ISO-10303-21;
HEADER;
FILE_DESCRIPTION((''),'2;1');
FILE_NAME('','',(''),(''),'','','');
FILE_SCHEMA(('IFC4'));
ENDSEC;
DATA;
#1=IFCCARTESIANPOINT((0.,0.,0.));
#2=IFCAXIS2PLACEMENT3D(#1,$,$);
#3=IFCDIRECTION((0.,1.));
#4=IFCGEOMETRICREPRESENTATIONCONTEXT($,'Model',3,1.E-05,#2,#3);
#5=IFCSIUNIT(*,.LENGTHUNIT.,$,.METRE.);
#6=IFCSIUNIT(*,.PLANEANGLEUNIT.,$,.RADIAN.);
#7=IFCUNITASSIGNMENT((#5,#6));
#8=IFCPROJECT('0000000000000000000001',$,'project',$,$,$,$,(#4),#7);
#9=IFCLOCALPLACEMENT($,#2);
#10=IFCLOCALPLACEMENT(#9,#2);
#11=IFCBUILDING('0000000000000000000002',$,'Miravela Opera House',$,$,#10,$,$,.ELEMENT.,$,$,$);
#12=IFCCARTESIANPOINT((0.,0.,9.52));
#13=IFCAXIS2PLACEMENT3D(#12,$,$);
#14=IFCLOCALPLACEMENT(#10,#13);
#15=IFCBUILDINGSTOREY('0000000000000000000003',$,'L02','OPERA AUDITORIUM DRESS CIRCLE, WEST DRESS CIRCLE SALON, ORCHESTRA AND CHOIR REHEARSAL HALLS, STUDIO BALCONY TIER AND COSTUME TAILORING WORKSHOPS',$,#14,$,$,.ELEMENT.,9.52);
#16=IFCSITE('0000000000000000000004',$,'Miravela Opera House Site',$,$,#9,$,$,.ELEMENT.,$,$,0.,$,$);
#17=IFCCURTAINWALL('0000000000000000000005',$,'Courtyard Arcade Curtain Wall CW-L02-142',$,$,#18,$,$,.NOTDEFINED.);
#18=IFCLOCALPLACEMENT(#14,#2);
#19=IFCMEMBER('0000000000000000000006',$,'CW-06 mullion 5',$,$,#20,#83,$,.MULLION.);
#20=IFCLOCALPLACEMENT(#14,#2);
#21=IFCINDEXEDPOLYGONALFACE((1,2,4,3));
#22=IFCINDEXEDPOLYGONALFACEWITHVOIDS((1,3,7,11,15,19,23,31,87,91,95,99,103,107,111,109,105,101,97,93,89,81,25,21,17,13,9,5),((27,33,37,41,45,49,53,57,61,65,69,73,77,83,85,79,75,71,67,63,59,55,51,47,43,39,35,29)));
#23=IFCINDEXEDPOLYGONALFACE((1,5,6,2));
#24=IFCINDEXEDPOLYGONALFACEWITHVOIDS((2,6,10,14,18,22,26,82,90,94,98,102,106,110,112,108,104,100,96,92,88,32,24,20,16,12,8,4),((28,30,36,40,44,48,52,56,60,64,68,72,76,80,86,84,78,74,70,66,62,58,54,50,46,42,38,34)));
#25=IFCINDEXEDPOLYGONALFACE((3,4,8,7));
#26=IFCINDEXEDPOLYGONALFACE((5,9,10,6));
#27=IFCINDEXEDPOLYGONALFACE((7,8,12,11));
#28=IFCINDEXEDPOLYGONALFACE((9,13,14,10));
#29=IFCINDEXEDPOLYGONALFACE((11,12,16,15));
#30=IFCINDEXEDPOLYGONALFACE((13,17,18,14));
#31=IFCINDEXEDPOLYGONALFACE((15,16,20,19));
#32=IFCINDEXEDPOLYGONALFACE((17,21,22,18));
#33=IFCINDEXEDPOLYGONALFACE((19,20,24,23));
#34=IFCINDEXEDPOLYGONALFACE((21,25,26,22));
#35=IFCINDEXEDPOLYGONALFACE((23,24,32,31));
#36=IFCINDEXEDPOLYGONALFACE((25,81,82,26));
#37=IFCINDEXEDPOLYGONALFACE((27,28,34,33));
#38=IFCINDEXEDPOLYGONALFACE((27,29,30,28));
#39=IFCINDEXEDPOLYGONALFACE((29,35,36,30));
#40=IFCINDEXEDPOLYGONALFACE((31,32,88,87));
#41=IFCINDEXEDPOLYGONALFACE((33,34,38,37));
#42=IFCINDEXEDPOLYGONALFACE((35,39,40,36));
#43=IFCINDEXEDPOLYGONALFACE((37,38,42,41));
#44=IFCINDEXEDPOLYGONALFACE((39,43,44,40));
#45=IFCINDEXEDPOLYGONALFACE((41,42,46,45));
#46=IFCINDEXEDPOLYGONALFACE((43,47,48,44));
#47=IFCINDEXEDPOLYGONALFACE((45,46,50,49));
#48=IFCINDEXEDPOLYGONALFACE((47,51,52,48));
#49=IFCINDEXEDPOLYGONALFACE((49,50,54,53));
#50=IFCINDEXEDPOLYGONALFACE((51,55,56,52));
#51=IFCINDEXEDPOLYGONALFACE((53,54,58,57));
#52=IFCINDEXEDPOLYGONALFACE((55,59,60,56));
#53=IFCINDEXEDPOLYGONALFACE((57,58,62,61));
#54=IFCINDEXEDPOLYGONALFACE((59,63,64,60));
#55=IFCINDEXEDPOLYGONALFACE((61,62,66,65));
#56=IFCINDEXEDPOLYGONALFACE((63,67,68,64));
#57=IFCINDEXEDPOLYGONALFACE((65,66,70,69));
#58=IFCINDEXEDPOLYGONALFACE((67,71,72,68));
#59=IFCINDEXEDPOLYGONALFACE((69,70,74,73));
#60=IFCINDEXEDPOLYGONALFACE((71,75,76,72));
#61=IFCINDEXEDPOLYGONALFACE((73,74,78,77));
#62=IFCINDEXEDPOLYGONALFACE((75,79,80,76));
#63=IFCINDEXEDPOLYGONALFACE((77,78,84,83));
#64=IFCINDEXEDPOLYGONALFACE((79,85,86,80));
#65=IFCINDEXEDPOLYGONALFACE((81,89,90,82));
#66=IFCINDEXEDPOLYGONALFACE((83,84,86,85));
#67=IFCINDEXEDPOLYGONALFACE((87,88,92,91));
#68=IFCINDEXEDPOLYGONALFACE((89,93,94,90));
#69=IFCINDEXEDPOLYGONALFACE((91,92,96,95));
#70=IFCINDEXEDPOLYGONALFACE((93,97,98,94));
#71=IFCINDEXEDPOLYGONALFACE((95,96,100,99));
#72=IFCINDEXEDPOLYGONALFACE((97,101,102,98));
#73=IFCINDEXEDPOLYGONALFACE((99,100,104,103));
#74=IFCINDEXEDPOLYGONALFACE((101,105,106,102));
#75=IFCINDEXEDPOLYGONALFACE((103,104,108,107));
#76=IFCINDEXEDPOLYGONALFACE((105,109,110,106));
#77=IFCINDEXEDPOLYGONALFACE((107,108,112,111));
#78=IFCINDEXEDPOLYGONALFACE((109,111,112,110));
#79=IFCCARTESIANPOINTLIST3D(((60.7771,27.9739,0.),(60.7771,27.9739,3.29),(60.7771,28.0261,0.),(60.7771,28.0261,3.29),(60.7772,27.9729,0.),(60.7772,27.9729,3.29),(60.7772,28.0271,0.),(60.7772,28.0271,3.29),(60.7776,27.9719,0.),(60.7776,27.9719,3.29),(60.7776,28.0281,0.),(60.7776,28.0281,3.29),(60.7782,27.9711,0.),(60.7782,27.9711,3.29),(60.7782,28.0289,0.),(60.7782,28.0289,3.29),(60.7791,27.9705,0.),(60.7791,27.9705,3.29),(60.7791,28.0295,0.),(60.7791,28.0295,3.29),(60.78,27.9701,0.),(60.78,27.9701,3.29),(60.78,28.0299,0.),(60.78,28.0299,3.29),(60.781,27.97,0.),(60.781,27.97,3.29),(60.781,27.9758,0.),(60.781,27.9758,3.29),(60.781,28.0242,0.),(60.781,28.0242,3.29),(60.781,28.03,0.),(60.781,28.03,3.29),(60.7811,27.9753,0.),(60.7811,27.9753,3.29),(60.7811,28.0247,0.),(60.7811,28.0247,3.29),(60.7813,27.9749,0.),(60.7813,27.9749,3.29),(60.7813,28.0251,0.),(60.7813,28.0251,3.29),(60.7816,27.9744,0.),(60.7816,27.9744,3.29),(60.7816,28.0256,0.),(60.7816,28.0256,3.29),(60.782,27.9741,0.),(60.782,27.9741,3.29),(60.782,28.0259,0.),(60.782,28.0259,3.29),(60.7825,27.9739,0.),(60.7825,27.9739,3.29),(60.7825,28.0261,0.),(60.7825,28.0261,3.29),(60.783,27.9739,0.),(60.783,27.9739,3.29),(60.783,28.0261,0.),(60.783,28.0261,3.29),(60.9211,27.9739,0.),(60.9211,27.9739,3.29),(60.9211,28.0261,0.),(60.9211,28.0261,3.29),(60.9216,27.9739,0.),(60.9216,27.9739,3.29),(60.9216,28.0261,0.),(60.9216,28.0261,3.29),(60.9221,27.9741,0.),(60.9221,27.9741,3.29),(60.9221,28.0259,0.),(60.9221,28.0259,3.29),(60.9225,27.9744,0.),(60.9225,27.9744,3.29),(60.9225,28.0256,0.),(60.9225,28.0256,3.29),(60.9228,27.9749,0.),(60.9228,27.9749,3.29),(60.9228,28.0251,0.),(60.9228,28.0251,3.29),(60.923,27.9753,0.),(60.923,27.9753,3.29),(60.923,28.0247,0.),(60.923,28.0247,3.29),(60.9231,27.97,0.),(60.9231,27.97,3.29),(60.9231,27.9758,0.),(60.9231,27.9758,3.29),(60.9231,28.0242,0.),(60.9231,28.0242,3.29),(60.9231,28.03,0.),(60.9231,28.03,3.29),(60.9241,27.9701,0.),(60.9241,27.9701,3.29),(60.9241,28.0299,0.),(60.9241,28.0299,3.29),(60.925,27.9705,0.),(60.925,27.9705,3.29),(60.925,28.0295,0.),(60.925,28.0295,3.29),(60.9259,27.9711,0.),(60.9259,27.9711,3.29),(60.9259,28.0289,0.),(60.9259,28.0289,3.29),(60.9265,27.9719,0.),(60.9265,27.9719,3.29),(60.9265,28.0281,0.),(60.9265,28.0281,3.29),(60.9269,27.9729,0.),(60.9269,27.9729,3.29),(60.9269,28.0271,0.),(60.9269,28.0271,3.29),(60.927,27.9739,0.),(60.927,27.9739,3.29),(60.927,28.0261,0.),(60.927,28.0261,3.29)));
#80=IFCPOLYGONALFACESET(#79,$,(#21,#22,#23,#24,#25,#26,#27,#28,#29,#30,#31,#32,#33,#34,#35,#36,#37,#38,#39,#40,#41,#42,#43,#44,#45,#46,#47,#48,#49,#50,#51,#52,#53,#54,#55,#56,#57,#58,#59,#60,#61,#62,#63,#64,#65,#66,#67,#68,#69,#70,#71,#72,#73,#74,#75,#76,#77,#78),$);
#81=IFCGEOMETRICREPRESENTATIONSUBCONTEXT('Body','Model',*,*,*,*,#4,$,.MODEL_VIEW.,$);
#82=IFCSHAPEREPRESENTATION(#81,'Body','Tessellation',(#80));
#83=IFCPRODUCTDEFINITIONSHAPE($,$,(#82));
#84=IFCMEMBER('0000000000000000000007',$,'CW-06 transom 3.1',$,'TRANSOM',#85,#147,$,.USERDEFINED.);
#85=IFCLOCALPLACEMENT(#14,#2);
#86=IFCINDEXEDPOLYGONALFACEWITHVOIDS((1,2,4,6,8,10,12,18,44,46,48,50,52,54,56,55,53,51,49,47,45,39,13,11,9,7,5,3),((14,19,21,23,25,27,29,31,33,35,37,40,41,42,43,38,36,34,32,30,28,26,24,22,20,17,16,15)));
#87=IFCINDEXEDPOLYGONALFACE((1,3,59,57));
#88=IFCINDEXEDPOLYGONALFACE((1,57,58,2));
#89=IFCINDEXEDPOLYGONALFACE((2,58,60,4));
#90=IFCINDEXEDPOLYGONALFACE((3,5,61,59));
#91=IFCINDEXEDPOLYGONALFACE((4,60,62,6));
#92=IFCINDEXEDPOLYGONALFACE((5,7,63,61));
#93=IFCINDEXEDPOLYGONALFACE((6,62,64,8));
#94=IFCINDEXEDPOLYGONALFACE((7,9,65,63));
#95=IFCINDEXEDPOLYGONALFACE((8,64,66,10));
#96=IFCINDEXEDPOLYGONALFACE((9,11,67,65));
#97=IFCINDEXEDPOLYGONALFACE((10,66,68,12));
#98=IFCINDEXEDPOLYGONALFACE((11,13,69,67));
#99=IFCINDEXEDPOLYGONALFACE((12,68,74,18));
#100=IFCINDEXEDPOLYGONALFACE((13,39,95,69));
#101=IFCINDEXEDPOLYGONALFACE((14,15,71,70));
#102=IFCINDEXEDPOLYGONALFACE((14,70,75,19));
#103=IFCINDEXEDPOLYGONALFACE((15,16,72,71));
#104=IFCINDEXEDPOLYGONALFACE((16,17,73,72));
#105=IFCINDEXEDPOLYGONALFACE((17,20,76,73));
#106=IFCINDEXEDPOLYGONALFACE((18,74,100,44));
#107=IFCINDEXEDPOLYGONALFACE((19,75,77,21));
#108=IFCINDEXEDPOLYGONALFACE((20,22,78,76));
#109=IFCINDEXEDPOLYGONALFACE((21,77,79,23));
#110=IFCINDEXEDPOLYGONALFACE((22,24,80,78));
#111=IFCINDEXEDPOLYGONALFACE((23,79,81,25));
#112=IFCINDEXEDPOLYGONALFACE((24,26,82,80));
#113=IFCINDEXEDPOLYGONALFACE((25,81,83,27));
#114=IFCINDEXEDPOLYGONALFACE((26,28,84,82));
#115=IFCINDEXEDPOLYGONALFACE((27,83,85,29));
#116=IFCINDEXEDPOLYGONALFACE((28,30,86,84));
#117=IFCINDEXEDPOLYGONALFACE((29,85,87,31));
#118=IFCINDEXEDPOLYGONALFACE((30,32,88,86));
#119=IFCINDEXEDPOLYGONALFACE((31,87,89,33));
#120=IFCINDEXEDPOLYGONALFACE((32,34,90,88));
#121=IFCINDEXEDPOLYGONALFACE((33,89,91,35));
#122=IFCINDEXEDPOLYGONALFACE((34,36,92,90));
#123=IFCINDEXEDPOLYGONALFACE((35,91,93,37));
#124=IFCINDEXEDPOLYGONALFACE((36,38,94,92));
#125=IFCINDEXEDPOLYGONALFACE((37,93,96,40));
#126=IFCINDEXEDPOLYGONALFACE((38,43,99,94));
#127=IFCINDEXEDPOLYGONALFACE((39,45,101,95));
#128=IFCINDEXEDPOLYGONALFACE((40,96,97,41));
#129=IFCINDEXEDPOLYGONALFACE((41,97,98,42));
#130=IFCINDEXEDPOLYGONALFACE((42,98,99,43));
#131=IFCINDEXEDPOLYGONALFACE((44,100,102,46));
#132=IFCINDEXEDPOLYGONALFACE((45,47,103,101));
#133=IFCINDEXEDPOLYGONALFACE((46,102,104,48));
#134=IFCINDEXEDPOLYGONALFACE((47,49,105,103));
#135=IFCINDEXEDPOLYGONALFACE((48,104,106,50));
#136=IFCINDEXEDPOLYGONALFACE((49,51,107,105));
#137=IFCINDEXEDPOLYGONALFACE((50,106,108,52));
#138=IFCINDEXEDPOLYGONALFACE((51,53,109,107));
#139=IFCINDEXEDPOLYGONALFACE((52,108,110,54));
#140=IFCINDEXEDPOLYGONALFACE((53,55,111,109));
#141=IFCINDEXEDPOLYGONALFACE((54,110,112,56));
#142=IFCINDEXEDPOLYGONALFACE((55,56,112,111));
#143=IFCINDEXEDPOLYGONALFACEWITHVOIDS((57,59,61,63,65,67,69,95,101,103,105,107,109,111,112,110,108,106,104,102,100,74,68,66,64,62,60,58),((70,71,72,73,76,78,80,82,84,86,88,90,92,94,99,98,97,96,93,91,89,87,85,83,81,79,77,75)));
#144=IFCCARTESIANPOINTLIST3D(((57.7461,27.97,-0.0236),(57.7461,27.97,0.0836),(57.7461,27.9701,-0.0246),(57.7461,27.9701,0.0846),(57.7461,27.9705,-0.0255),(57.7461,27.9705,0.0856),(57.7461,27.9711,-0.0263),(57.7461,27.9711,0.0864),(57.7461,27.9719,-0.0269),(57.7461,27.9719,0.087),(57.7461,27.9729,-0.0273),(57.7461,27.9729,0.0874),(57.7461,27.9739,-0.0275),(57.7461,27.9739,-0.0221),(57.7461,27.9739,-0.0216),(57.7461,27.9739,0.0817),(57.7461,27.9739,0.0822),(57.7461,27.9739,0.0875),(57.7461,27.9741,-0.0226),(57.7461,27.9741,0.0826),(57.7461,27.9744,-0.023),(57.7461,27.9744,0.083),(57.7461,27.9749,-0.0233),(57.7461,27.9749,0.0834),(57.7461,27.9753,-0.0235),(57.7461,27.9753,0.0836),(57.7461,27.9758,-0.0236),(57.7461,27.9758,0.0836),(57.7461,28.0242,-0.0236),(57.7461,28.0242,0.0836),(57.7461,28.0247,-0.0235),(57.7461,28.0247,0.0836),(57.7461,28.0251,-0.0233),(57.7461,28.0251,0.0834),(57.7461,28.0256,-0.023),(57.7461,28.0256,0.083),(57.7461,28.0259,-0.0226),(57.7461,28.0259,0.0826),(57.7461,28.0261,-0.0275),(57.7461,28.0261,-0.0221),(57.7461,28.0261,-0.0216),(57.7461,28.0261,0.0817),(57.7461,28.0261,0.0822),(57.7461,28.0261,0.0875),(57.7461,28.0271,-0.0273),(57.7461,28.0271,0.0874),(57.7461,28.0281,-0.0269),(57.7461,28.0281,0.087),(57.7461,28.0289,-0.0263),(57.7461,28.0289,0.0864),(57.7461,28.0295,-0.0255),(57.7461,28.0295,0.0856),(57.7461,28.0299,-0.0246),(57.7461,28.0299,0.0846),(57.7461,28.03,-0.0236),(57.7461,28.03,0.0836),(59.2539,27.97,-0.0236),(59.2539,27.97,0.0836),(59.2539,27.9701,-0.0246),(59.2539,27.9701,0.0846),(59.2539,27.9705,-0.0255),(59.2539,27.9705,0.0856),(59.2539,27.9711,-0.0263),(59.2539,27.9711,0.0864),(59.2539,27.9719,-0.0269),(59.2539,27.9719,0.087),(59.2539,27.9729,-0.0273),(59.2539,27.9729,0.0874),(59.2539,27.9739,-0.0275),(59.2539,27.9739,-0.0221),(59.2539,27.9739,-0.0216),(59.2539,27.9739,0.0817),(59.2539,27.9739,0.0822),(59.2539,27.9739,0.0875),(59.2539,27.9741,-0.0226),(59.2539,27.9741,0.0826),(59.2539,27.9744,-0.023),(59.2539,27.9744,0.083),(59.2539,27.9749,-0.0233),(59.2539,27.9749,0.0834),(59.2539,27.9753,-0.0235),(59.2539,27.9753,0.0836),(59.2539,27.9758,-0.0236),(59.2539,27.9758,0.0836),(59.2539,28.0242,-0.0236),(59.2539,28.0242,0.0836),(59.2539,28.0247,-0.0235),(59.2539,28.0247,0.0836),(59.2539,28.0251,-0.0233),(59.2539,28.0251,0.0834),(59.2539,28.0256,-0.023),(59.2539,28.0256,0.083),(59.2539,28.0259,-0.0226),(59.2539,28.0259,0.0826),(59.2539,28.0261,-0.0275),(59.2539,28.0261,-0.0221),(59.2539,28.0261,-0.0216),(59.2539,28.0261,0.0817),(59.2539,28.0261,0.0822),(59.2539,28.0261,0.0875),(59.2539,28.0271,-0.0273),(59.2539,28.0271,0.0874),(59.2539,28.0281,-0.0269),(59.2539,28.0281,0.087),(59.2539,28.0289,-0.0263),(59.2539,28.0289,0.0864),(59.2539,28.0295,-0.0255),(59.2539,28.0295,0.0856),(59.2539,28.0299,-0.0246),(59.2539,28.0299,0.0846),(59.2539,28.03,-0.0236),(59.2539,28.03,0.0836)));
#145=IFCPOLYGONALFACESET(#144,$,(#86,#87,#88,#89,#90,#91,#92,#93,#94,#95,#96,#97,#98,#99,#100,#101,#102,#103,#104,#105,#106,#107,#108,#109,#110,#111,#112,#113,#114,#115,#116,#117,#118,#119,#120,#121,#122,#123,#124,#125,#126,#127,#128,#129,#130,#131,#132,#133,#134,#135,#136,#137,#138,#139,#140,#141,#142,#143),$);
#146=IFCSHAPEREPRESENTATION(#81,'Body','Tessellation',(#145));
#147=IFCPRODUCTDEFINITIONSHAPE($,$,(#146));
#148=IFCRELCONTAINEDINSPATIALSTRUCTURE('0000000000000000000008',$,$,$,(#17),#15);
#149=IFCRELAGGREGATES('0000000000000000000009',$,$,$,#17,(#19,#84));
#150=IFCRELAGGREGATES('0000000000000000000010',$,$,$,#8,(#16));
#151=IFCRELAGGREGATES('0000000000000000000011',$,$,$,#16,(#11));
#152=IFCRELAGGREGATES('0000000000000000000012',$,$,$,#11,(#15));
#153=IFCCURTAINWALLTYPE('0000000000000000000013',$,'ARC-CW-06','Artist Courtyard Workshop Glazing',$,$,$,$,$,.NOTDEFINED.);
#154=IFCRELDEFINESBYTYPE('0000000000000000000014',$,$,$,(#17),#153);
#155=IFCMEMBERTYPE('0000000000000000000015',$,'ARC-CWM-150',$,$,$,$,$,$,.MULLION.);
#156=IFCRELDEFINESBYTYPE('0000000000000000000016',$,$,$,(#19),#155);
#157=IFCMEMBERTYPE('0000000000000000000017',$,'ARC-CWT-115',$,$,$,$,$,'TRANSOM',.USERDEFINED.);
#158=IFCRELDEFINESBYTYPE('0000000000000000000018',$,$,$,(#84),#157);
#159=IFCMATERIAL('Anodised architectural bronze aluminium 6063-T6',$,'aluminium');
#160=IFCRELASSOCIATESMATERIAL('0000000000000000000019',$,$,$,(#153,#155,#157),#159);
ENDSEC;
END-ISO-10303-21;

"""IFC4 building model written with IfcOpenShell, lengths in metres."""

from ifc_helpers import new_model, si_unit, direction, frame, origin, origin_2d, place, context, subcontext, project, spatial, hollow_rectangle, extrude, material, material_profile, profile_set, type_object, element, aggregate, save


model = new_model("IFC4")

# Units and contexts
model_context = context("Model", 3, precision=1e-05, world=origin(), true_north=direction((0.0, 1.0)))
body_context = subcontext(model_context, "Body", "Model", "MODEL_VIEW")
ifc_project = project(units=[si_unit("LENGTHUNIT", "METRE"), si_unit("PLANEANGLEUNIT", "RADIAN")], contexts=[model_context])

# Site, building, storey
site_placement = place(None, origin())
site = spatial("IfcSite", under=ifc_project, at=site_placement, Name="Miravela Opera House Site", CompositionType="ELEMENT", RefElevation=0.0)
building_placement = place(site_placement, origin())
building = spatial("IfcBuilding", under=site, at=building_placement, Name="Miravela Opera House", CompositionType="ELEMENT")
storey_placement = place(building_placement, frame((0.0, 0.0, 9.52)))
storey = spatial("IfcBuildingStorey", under=building, at=storey_placement, Name="L02", Description="OPERA AUDITORIUM DRESS CIRCLE, WEST DRESS CIRCLE SALON, ORCHESTRA AND CHOIR REHEARSAL HALLS, STUDIO BALCONY TIER AND COSTUME TAILORING WORKSHOPS", CompositionType="ELEMENT", Elevation=9.52)

# Curtain wall, members
ifc_material_1 = material(Name="Anodised architectural bronze aluminium 6063-T6", Category="aluminium")
curtain_wall_type = type_object("IfcCurtainWallType", Name="ARC-CW-06", Description="Artist Courtyard Workshop Glazing", PredefinedType="NOTDEFINED", material=ifc_material_1)
curtain_wall_placement = place(storey_placement, origin())
curtain_wall = element("IfcCurtainWall", 1, at=curtain_wall_placement, inside=storey, type_object=curtain_wall_type, Name="Courtyard Arcade Curtain Wall CW-L02-142", PredefinedType="NOTDEFINED")
ifc_material_profile_1 = material_profile(ifc_material_1, hollow_rectangle(XDim=0.0601, YDim=0.1499, WallThickness=0.0039, InnerFilletRadius=0.002, OuterFilletRadius=0.0039, at=origin_2d()), Name="CWM-60X150")
ifc_profile_set_1 = profile_set([ifc_material_profile_1])
member_type_1 = type_object("IfcMemberType", Name="ARC-CWM-150", PredefinedType="MULLION", material=ifc_profile_set_1)
member_1_placement = place(storey_placement, frame((60.8521, 28.0, 0.0), z_axis=(0.0, 0.0, 1.0), x_axis=(0.0, 1.0, 0.0)))
member_1 = element("IfcMember", 2, at=member_1_placement, type_object=member_type_1, Name="CW-06 mullion 5", PredefinedType="MULLION", context=body_context, shape_type="SweptSolid", body=[
    extrude(hollow_rectangle(XDim=0.0601, YDim=0.1499, WallThickness=0.0039, InnerFilletRadius=0.002, OuterFilletRadius=0.0039, at=origin_2d()), origin(), (0.0, 0.0, 1.0), 3.29),
])
ifc_material_profile_2 = material_profile(ifc_material_1, hollow_rectangle(XDim=0.0601, YDim=0.115, WallThickness=0.0039, InnerFilletRadius=0.002, OuterFilletRadius=0.0039, at=origin_2d()), Name="CWT-60X115")
ifc_profile_set_2 = profile_set([ifc_material_profile_2])
member_type_2 = type_object("IfcMemberType", Name="ARC-CWT-115", ElementType="TRANSOM", PredefinedType="USERDEFINED", material=ifc_profile_set_2)
member_2_placement = place(storey_placement, frame((57.7461, 28.0, 0.03), z_axis=(1.0, 0.0, 0.0), x_axis=(0.0, 1.0, 0.0)))
member_2 = element("IfcMember", 3, at=member_2_placement, type_object=member_type_2, Name="CW-06 transom 3.1", ObjectType="TRANSOM", PredefinedType="USERDEFINED", context=body_context, shape_type="SweptSolid", body=[
    extrude(hollow_rectangle(XDim=0.0601, YDim=0.115, WallThickness=0.0039, InnerFilletRadius=0.002, OuterFilletRadius=0.0039, at=origin_2d()), origin(), (0.0, 0.0, 1.0), 1.5078),
])
aggregate(curtain_wall, [member_1, member_2])

save(model, "model.ifc")
